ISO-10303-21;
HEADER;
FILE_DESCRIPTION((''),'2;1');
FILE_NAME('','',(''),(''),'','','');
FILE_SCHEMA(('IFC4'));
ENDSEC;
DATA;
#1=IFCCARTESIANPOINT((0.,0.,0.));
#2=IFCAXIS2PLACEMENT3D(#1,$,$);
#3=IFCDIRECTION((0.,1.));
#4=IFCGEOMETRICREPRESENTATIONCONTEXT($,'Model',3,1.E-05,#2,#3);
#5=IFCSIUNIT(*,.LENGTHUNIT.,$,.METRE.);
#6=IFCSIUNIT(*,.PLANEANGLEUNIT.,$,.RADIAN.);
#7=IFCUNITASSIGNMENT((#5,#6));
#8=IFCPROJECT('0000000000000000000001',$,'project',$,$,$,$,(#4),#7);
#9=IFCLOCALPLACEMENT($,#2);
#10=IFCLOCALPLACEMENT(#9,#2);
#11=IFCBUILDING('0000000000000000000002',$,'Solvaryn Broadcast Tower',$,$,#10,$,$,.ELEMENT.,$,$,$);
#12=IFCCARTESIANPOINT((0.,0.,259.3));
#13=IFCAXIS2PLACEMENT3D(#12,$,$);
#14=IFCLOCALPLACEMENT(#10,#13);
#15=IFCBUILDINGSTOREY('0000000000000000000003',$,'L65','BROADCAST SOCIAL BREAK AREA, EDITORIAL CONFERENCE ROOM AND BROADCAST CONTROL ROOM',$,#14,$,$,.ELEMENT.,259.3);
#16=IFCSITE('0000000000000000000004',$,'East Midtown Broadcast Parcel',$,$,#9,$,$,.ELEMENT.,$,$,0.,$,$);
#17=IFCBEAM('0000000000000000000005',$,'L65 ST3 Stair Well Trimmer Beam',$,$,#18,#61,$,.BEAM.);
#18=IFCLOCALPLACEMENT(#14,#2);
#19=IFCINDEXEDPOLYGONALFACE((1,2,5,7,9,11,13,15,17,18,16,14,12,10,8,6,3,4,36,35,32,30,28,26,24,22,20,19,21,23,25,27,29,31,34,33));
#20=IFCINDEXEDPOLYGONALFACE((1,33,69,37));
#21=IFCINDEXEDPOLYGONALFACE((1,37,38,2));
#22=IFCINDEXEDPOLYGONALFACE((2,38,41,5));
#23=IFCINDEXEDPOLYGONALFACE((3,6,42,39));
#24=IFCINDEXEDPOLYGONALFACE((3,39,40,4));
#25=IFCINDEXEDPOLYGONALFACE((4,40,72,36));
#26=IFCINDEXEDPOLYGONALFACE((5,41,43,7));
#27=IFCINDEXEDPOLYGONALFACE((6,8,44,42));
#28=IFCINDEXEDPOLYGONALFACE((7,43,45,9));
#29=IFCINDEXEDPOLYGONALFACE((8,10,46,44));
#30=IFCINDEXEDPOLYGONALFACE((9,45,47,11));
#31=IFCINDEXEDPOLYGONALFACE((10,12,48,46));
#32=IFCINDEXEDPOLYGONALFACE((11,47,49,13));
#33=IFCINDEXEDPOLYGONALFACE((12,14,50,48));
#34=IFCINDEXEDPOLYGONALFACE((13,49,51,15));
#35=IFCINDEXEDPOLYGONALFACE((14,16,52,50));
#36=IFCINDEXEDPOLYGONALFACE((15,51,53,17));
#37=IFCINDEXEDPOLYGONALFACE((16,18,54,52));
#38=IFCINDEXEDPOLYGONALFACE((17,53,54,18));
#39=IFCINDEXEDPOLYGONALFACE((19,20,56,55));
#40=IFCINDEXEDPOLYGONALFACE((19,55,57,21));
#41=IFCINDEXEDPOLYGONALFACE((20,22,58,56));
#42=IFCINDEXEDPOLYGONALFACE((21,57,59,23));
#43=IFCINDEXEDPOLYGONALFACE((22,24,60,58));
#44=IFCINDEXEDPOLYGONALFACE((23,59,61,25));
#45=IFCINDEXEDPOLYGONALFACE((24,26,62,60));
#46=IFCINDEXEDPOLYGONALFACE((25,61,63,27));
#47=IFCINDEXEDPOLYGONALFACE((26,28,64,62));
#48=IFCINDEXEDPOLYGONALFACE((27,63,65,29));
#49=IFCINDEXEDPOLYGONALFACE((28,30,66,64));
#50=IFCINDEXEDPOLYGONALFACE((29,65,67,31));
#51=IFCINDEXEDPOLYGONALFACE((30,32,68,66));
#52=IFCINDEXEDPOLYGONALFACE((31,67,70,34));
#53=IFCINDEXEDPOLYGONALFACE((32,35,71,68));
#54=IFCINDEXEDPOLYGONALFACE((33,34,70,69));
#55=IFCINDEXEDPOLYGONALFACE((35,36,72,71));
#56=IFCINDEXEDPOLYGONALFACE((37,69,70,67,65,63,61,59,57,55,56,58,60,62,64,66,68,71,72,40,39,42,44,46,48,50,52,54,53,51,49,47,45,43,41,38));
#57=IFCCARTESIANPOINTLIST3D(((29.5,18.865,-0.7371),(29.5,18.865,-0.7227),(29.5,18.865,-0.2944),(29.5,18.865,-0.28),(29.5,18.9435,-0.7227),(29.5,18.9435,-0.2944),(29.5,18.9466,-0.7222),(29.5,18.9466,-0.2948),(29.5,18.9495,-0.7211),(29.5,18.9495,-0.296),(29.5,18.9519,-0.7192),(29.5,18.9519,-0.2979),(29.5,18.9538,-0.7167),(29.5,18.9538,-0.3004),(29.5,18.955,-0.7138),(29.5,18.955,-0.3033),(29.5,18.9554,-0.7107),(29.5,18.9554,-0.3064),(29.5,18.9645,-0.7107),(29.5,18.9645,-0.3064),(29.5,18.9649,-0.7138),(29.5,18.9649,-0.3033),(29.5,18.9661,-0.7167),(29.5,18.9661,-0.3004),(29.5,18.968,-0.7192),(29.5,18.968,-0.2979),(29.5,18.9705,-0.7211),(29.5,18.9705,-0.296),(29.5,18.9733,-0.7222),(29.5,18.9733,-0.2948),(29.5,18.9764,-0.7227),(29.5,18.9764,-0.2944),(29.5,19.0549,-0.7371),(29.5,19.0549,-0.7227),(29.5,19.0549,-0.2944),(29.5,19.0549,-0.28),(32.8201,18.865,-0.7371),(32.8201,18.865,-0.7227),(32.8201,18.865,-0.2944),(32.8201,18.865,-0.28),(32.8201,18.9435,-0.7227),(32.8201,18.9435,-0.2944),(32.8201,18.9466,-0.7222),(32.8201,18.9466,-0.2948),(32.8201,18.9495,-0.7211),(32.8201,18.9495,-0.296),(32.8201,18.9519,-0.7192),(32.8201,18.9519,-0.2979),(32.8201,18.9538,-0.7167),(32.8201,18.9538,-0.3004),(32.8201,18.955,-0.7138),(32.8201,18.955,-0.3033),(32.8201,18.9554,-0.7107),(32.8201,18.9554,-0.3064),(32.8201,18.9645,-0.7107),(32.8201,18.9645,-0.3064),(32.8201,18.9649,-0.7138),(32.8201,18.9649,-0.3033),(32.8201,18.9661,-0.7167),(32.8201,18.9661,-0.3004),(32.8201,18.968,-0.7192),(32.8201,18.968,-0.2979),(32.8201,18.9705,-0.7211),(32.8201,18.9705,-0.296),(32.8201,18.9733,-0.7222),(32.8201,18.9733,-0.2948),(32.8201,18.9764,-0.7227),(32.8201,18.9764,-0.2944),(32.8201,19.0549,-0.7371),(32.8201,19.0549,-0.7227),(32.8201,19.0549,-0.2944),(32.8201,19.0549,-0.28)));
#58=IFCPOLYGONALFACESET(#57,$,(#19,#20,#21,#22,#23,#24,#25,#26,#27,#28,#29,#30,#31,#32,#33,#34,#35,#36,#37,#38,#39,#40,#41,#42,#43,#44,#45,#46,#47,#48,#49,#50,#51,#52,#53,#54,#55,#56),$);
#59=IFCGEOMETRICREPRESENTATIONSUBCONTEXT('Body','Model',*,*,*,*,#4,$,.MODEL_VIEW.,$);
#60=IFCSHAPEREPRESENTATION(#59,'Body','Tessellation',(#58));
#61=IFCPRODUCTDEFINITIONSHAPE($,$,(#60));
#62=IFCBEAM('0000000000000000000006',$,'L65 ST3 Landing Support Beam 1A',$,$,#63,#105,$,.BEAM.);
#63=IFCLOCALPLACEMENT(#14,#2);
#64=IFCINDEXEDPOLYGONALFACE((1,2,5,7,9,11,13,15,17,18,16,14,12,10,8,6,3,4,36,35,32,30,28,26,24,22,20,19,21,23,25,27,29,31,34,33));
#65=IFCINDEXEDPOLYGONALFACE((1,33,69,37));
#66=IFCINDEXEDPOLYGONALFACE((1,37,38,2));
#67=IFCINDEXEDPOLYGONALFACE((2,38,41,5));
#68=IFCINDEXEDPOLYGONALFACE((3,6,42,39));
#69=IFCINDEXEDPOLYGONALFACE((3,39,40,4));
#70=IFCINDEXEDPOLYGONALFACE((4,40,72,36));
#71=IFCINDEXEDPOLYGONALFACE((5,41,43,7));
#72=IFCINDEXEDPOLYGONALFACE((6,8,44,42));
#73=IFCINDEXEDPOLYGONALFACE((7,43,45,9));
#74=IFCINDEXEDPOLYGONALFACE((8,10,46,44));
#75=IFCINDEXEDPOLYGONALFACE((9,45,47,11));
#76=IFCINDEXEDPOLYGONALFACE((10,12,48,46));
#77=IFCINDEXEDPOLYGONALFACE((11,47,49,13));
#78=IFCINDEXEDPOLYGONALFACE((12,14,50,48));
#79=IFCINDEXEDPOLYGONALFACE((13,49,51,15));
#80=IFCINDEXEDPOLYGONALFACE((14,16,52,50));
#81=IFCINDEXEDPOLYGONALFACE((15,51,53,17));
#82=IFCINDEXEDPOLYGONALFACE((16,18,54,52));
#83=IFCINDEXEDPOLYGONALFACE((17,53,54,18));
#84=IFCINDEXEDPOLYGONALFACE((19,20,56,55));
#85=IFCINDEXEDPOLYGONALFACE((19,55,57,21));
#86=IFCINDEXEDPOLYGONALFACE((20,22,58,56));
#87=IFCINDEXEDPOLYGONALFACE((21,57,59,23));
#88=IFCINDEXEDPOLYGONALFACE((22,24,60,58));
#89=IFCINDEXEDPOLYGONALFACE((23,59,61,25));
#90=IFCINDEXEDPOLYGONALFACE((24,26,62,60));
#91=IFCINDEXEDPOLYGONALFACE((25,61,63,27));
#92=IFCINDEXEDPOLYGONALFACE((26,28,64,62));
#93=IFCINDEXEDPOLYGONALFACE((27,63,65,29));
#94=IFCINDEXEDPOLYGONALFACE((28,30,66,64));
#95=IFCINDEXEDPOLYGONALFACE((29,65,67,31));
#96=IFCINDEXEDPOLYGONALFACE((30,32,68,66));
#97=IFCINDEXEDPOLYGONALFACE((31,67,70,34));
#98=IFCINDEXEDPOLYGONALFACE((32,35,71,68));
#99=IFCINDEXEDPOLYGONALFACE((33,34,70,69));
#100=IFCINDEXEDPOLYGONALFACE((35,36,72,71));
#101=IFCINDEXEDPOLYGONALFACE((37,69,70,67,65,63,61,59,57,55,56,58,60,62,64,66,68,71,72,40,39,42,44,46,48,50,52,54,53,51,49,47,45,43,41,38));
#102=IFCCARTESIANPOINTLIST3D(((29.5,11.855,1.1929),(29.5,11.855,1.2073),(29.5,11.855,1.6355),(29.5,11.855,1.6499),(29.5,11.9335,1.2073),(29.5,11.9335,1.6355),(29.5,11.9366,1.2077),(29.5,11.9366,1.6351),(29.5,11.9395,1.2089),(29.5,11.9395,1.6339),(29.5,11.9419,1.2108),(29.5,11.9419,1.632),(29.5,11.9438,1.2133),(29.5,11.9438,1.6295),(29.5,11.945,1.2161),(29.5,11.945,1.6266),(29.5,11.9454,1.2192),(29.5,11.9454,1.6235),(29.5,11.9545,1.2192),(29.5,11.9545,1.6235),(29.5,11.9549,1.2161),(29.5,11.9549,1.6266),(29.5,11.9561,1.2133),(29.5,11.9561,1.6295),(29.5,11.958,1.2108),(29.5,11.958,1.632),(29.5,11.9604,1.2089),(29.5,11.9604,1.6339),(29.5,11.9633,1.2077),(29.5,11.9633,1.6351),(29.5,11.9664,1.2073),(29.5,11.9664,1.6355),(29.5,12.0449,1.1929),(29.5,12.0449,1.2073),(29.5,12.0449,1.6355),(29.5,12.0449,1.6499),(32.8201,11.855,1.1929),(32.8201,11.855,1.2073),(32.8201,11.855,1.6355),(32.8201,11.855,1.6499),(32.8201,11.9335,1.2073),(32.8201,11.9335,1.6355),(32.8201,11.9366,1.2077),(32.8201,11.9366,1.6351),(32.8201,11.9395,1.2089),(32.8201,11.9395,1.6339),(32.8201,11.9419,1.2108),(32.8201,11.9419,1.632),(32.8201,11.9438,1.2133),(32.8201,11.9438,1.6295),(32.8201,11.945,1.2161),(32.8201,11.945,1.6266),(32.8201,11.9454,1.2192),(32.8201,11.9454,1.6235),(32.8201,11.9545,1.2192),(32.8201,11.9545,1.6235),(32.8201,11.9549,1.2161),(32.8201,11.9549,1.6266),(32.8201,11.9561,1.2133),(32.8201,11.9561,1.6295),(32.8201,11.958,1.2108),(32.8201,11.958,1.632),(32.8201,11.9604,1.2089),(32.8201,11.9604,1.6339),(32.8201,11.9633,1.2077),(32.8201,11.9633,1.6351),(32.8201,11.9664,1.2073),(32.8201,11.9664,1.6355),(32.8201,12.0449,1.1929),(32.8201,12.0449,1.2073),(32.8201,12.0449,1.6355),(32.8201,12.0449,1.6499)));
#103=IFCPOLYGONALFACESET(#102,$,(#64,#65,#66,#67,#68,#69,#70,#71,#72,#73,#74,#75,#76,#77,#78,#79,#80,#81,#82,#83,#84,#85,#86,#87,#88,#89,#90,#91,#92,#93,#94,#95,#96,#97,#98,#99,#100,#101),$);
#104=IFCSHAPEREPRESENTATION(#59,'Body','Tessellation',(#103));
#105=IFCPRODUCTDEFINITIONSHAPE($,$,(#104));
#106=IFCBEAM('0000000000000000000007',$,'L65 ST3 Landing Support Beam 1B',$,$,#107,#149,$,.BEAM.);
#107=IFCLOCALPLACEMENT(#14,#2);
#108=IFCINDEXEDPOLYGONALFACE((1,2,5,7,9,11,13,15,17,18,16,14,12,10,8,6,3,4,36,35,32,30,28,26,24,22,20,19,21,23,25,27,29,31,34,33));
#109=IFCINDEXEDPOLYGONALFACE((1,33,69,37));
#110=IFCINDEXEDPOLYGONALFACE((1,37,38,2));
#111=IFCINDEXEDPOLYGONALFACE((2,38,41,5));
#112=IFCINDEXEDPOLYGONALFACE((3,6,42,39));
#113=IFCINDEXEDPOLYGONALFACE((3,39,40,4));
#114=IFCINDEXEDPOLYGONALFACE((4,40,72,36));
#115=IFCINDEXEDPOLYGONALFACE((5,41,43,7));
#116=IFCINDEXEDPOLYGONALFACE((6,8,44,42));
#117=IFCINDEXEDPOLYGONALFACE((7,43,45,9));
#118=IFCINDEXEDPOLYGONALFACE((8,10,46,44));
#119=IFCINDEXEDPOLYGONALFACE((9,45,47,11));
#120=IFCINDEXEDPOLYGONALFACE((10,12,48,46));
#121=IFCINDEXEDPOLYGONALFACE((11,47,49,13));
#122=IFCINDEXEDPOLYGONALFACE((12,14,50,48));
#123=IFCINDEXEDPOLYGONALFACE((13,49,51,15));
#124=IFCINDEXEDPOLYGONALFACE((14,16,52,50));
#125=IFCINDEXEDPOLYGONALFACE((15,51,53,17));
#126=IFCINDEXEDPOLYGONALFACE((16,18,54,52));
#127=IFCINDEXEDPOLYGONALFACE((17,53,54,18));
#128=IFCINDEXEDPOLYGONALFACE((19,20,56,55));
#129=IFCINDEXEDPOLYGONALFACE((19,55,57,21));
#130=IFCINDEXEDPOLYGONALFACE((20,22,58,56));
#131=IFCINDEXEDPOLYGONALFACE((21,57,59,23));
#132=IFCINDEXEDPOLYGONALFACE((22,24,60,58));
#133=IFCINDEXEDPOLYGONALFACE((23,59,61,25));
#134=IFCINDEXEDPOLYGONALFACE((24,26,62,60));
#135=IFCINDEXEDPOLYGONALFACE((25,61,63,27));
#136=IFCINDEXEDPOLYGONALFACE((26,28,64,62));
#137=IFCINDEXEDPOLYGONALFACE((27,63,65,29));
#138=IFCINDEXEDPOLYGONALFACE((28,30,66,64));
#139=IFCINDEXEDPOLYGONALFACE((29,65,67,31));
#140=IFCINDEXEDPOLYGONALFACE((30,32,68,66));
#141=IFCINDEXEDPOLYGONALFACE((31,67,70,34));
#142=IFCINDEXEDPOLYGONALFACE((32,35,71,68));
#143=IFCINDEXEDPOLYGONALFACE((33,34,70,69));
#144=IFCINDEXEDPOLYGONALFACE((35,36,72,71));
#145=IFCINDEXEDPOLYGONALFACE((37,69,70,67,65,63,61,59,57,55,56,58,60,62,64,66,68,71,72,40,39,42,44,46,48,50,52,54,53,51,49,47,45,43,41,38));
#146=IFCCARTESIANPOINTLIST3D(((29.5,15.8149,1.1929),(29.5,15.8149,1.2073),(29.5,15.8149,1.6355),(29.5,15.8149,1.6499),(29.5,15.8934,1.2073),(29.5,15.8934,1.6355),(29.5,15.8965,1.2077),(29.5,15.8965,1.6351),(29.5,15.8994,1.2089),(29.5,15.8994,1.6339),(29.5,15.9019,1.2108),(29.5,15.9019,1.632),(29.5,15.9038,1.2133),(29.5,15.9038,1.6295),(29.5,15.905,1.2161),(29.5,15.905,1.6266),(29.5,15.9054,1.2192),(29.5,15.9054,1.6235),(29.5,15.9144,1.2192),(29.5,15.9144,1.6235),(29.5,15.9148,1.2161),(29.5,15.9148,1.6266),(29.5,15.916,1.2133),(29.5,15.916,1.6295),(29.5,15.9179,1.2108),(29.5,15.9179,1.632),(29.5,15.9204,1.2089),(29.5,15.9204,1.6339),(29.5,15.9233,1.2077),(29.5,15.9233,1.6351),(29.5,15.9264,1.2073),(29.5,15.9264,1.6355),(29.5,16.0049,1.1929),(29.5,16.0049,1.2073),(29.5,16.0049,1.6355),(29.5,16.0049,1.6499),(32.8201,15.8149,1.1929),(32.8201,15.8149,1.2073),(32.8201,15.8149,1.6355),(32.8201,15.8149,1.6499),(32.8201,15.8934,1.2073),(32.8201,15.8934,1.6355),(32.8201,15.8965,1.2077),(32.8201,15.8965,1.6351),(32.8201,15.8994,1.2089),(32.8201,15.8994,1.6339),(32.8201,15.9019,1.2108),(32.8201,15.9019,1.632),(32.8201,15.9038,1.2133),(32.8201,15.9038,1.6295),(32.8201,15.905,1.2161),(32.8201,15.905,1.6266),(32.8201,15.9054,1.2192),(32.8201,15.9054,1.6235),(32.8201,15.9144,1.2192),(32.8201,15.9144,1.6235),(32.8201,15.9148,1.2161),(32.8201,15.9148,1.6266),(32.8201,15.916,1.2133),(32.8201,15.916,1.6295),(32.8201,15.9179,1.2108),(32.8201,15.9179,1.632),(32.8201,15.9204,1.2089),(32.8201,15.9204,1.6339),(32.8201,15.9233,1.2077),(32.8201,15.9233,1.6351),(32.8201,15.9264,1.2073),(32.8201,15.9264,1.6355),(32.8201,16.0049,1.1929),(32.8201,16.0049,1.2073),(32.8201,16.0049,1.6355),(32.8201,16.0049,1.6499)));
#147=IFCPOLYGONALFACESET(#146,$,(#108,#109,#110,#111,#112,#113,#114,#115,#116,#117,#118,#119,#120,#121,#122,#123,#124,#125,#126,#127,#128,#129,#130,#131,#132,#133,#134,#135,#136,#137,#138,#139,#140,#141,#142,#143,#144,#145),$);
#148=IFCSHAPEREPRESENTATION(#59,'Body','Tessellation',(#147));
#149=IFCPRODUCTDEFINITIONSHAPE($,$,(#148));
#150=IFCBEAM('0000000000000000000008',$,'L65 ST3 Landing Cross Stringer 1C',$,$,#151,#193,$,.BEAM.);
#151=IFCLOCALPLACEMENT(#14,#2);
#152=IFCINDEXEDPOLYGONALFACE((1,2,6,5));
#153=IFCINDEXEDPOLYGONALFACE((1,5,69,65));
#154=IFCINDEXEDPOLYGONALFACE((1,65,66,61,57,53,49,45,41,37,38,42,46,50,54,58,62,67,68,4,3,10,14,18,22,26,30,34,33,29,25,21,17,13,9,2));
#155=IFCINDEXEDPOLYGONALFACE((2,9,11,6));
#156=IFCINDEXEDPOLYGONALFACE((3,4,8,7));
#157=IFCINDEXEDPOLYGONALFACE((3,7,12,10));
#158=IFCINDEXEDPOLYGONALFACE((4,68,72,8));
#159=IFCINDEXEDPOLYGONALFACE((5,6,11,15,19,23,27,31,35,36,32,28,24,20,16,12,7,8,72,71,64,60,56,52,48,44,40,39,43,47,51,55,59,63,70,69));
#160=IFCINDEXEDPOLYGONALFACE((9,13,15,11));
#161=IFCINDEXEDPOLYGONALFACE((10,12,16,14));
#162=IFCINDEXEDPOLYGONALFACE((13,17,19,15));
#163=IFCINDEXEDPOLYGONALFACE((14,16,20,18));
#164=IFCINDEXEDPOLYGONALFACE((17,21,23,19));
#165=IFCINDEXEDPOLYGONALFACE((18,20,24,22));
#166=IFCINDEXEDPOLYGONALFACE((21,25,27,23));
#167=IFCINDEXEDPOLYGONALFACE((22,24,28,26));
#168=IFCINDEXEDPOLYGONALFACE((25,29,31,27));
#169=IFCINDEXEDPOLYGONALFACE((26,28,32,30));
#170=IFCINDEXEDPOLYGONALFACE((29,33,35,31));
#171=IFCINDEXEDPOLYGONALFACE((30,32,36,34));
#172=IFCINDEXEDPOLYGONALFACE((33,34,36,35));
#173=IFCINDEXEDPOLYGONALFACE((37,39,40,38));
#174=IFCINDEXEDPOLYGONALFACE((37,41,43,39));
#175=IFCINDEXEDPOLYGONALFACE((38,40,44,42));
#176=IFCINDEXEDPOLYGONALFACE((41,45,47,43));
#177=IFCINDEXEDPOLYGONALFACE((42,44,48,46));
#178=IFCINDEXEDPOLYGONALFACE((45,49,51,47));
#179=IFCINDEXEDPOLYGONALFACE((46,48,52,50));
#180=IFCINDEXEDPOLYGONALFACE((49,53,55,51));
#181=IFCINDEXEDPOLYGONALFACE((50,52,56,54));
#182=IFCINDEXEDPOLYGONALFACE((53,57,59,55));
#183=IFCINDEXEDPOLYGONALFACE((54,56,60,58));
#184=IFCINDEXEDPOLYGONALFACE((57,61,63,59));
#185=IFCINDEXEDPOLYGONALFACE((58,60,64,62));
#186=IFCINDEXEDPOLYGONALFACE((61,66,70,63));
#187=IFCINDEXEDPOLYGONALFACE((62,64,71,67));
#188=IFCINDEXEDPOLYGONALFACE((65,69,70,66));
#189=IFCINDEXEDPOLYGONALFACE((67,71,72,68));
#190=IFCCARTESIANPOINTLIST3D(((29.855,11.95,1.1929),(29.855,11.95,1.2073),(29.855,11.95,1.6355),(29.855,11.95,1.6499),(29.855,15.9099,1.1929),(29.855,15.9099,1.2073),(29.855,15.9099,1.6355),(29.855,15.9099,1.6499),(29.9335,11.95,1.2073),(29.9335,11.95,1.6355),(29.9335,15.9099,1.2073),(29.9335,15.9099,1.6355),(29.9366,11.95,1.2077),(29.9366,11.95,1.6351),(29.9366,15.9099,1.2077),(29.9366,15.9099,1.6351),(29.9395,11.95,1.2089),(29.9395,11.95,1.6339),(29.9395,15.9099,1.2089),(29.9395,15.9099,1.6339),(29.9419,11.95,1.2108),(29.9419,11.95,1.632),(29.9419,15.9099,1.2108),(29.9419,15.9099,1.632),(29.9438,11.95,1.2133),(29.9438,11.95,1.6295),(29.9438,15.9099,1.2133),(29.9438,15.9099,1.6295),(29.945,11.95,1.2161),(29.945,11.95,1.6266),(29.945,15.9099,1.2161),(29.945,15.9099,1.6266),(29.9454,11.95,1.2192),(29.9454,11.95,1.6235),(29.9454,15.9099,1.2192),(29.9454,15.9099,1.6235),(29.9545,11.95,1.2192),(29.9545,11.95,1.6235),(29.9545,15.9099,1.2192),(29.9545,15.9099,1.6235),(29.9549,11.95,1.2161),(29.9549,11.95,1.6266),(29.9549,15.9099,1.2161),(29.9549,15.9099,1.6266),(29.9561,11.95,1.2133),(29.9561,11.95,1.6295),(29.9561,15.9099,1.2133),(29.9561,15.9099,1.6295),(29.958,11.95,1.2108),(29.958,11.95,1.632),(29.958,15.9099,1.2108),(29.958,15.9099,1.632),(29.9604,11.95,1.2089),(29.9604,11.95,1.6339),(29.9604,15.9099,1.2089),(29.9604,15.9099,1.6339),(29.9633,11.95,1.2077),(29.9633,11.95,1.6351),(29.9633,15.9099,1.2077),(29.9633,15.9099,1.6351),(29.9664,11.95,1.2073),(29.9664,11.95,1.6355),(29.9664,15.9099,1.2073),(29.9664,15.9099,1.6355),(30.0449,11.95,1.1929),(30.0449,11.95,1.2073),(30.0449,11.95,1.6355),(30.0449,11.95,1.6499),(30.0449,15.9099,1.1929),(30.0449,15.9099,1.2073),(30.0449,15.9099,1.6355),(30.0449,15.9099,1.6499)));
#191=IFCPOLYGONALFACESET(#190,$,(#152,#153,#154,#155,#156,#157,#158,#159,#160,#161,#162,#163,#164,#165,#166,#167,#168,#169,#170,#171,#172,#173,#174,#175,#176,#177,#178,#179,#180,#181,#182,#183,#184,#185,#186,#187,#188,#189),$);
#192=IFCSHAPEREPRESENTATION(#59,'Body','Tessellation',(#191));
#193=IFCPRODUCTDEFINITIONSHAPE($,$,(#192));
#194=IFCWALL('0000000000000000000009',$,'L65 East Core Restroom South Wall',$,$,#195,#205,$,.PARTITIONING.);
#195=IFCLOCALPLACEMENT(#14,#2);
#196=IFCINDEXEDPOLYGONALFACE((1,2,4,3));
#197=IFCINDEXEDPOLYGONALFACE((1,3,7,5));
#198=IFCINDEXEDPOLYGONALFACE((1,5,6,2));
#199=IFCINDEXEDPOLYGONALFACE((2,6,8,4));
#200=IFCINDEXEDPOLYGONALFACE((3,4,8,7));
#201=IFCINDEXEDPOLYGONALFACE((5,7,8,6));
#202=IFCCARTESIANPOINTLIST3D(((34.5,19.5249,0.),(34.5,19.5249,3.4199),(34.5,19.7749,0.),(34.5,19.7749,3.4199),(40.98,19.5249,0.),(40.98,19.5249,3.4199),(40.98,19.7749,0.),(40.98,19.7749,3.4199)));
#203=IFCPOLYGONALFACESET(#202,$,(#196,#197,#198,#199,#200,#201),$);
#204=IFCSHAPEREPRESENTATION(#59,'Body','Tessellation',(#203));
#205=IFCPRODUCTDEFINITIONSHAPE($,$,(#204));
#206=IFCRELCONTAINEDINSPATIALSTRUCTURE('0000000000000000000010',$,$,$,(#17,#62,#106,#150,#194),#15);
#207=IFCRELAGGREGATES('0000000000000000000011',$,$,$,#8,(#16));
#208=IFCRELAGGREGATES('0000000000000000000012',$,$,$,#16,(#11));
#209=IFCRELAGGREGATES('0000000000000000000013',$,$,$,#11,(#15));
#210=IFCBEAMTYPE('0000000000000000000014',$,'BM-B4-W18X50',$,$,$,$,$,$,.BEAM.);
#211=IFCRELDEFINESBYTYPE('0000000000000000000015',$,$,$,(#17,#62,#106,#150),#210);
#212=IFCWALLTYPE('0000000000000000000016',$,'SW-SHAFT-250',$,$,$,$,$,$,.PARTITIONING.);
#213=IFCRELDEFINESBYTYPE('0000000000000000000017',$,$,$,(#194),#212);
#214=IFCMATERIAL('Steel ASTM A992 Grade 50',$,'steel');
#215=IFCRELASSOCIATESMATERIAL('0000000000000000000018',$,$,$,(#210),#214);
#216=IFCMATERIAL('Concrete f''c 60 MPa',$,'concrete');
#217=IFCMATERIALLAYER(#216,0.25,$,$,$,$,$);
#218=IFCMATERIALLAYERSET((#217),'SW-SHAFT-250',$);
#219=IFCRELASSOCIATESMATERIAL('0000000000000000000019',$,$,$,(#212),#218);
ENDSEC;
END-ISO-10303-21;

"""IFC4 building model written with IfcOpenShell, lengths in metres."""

from ifc_helpers import new_model, si_unit, direction, frame, frame_2d, origin, origin_2d, place, context, subcontext, project, spatial, rectangle, i_section, extrude, material, layer, layer_set, material_profile, profile_set, type_object, element, save


model = new_model("IFC4")

# Units and contexts
model_context = context("Model", 3, precision=1e-05, world=origin(), true_north=direction((0.0, 1.0)))
body_context = subcontext(model_context, "Body", "Model", "MODEL_VIEW")
ifc_project = project(units=[si_unit("LENGTHUNIT", "METRE"), si_unit("PLANEANGLEUNIT", "RADIAN")], contexts=[model_context])

# Site, building, storey
site_placement = place(None, origin())
site = spatial("IfcSite", under=ifc_project, at=site_placement, Name="East Midtown Broadcast Parcel", CompositionType="ELEMENT", RefElevation=0.0)
building_placement = place(site_placement, origin())
building = spatial("IfcBuilding", under=site, at=building_placement, Name="Solvaryn Broadcast Tower", CompositionType="ELEMENT")
storey_placement = place(building_placement, frame((0.0, 0.0, 259.3)))
storey = spatial("IfcBuildingStorey", under=building, at=storey_placement, Name="L65", Description="BROADCAST SOCIAL BREAK AREA, EDITORIAL CONFERENCE ROOM AND BROADCAST CONTROL ROOM", CompositionType="ELEMENT", Elevation=259.3)

# Beams
ifc_material_1 = material(Name="Steel ASTM A992 Grade 50", Category="steel")
ifc_material_profile_1 = material_profile(ifc_material_1, i_section(OverallWidth=0.1899, OverallDepth=0.457, WebThickness=0.009, FlangeThickness=0.0144, FilletRadius=0.012, at=origin_2d()))
ifc_profile_set_1 = profile_set([ifc_material_profile_1], Name="Steel ASTM A992 Grade 50")
beam_type_1 = type_object("IfcBeamType", Name="BM-B4-W18X50", PredefinedType="BEAM", material=ifc_profile_set_1)
for number, where, z_axis, x_axis, name in (
    (1, (29.5, 18.96, -0.5085), (1.0, 0.0, 0.0), (0.0, 1.0, 0.0), "L65 ST3 Stair Well Trimmer Beam"),
    (2, (29.5, 11.95, 1.4214), (1.0, 0.0, 0.0), (0.0, 1.0, 0.0), "L65 ST3 Landing Support Beam 1A"),
    (3, (29.5, 15.9099, 1.4214), (1.0, 0.0, 0.0), (0.0, 1.0, 0.0), "L65 ST3 Landing Support Beam 1B"),
):
    element("IfcBeam", number, at=place(storey_placement, frame(where, z_axis=z_axis, x_axis=x_axis)), inside=storey, type_object=beam_type_1, Name=name, PredefinedType="BEAM", context=body_context, shape_type="SweptSolid", body=[
        extrude(i_section(OverallWidth=0.1899, OverallDepth=0.457, WebThickness=0.009, FlangeThickness=0.0144, FilletRadius=0.012, at=origin_2d()), origin(), (0.0, 0.0, 1.0), 3.3201),
    ])
beam_1_placement = place(storey_placement, frame((29.95, 11.95, 1.4214), z_axis=(0.0, 1.0, 0.0), x_axis=(-1.0, 0.0, 0.0)))
element("IfcBeam", 4, at=beam_1_placement, inside=storey, type_object=beam_type_1, Name="L65 ST3 Landing Cross Stringer 1C", PredefinedType="BEAM", context=body_context, shape_type="SweptSolid", body=[
    extrude(i_section(OverallWidth=0.1899, OverallDepth=0.457, WebThickness=0.009, FlangeThickness=0.0144, FilletRadius=0.012, at=origin_2d()), origin(), (0.0, 0.0, 1.0), 3.96),
])

# Wall
ifc_material_2 = material(Name="Concrete f'c 60 MPa", Category="concrete")
ifc_layer_1 = layer(ifc_material_2, 0.25)
ifc_layer_set_1 = layer_set([ifc_layer_1], Name="SW-SHAFT-250")
wall_type_1 = type_object("IfcWallType", Name="SW-SHAFT-250", PredefinedType="PARTITIONING", material=ifc_layer_set_1)
wall_1_placement = place(storey_placement, frame((34.5, 19.6499, 0.0), z_axis=(0.0, 0.0, 1.0), x_axis=(1.0, 0.0, 0.0)))
element("IfcWall", 5, at=wall_1_placement, inside=storey, type_object=wall_type_1, Name="L65 East Core Restroom South Wall", PredefinedType="PARTITIONING", context=body_context, shape_type="SweptSolid", body=[
    extrude(rectangle(XDim=6.48, YDim=0.25, at=frame_2d((3.24, 0.0))), origin(), (0.0, 0.0, 1.0), 3.4199),
])

save(model, "model.ifc")
